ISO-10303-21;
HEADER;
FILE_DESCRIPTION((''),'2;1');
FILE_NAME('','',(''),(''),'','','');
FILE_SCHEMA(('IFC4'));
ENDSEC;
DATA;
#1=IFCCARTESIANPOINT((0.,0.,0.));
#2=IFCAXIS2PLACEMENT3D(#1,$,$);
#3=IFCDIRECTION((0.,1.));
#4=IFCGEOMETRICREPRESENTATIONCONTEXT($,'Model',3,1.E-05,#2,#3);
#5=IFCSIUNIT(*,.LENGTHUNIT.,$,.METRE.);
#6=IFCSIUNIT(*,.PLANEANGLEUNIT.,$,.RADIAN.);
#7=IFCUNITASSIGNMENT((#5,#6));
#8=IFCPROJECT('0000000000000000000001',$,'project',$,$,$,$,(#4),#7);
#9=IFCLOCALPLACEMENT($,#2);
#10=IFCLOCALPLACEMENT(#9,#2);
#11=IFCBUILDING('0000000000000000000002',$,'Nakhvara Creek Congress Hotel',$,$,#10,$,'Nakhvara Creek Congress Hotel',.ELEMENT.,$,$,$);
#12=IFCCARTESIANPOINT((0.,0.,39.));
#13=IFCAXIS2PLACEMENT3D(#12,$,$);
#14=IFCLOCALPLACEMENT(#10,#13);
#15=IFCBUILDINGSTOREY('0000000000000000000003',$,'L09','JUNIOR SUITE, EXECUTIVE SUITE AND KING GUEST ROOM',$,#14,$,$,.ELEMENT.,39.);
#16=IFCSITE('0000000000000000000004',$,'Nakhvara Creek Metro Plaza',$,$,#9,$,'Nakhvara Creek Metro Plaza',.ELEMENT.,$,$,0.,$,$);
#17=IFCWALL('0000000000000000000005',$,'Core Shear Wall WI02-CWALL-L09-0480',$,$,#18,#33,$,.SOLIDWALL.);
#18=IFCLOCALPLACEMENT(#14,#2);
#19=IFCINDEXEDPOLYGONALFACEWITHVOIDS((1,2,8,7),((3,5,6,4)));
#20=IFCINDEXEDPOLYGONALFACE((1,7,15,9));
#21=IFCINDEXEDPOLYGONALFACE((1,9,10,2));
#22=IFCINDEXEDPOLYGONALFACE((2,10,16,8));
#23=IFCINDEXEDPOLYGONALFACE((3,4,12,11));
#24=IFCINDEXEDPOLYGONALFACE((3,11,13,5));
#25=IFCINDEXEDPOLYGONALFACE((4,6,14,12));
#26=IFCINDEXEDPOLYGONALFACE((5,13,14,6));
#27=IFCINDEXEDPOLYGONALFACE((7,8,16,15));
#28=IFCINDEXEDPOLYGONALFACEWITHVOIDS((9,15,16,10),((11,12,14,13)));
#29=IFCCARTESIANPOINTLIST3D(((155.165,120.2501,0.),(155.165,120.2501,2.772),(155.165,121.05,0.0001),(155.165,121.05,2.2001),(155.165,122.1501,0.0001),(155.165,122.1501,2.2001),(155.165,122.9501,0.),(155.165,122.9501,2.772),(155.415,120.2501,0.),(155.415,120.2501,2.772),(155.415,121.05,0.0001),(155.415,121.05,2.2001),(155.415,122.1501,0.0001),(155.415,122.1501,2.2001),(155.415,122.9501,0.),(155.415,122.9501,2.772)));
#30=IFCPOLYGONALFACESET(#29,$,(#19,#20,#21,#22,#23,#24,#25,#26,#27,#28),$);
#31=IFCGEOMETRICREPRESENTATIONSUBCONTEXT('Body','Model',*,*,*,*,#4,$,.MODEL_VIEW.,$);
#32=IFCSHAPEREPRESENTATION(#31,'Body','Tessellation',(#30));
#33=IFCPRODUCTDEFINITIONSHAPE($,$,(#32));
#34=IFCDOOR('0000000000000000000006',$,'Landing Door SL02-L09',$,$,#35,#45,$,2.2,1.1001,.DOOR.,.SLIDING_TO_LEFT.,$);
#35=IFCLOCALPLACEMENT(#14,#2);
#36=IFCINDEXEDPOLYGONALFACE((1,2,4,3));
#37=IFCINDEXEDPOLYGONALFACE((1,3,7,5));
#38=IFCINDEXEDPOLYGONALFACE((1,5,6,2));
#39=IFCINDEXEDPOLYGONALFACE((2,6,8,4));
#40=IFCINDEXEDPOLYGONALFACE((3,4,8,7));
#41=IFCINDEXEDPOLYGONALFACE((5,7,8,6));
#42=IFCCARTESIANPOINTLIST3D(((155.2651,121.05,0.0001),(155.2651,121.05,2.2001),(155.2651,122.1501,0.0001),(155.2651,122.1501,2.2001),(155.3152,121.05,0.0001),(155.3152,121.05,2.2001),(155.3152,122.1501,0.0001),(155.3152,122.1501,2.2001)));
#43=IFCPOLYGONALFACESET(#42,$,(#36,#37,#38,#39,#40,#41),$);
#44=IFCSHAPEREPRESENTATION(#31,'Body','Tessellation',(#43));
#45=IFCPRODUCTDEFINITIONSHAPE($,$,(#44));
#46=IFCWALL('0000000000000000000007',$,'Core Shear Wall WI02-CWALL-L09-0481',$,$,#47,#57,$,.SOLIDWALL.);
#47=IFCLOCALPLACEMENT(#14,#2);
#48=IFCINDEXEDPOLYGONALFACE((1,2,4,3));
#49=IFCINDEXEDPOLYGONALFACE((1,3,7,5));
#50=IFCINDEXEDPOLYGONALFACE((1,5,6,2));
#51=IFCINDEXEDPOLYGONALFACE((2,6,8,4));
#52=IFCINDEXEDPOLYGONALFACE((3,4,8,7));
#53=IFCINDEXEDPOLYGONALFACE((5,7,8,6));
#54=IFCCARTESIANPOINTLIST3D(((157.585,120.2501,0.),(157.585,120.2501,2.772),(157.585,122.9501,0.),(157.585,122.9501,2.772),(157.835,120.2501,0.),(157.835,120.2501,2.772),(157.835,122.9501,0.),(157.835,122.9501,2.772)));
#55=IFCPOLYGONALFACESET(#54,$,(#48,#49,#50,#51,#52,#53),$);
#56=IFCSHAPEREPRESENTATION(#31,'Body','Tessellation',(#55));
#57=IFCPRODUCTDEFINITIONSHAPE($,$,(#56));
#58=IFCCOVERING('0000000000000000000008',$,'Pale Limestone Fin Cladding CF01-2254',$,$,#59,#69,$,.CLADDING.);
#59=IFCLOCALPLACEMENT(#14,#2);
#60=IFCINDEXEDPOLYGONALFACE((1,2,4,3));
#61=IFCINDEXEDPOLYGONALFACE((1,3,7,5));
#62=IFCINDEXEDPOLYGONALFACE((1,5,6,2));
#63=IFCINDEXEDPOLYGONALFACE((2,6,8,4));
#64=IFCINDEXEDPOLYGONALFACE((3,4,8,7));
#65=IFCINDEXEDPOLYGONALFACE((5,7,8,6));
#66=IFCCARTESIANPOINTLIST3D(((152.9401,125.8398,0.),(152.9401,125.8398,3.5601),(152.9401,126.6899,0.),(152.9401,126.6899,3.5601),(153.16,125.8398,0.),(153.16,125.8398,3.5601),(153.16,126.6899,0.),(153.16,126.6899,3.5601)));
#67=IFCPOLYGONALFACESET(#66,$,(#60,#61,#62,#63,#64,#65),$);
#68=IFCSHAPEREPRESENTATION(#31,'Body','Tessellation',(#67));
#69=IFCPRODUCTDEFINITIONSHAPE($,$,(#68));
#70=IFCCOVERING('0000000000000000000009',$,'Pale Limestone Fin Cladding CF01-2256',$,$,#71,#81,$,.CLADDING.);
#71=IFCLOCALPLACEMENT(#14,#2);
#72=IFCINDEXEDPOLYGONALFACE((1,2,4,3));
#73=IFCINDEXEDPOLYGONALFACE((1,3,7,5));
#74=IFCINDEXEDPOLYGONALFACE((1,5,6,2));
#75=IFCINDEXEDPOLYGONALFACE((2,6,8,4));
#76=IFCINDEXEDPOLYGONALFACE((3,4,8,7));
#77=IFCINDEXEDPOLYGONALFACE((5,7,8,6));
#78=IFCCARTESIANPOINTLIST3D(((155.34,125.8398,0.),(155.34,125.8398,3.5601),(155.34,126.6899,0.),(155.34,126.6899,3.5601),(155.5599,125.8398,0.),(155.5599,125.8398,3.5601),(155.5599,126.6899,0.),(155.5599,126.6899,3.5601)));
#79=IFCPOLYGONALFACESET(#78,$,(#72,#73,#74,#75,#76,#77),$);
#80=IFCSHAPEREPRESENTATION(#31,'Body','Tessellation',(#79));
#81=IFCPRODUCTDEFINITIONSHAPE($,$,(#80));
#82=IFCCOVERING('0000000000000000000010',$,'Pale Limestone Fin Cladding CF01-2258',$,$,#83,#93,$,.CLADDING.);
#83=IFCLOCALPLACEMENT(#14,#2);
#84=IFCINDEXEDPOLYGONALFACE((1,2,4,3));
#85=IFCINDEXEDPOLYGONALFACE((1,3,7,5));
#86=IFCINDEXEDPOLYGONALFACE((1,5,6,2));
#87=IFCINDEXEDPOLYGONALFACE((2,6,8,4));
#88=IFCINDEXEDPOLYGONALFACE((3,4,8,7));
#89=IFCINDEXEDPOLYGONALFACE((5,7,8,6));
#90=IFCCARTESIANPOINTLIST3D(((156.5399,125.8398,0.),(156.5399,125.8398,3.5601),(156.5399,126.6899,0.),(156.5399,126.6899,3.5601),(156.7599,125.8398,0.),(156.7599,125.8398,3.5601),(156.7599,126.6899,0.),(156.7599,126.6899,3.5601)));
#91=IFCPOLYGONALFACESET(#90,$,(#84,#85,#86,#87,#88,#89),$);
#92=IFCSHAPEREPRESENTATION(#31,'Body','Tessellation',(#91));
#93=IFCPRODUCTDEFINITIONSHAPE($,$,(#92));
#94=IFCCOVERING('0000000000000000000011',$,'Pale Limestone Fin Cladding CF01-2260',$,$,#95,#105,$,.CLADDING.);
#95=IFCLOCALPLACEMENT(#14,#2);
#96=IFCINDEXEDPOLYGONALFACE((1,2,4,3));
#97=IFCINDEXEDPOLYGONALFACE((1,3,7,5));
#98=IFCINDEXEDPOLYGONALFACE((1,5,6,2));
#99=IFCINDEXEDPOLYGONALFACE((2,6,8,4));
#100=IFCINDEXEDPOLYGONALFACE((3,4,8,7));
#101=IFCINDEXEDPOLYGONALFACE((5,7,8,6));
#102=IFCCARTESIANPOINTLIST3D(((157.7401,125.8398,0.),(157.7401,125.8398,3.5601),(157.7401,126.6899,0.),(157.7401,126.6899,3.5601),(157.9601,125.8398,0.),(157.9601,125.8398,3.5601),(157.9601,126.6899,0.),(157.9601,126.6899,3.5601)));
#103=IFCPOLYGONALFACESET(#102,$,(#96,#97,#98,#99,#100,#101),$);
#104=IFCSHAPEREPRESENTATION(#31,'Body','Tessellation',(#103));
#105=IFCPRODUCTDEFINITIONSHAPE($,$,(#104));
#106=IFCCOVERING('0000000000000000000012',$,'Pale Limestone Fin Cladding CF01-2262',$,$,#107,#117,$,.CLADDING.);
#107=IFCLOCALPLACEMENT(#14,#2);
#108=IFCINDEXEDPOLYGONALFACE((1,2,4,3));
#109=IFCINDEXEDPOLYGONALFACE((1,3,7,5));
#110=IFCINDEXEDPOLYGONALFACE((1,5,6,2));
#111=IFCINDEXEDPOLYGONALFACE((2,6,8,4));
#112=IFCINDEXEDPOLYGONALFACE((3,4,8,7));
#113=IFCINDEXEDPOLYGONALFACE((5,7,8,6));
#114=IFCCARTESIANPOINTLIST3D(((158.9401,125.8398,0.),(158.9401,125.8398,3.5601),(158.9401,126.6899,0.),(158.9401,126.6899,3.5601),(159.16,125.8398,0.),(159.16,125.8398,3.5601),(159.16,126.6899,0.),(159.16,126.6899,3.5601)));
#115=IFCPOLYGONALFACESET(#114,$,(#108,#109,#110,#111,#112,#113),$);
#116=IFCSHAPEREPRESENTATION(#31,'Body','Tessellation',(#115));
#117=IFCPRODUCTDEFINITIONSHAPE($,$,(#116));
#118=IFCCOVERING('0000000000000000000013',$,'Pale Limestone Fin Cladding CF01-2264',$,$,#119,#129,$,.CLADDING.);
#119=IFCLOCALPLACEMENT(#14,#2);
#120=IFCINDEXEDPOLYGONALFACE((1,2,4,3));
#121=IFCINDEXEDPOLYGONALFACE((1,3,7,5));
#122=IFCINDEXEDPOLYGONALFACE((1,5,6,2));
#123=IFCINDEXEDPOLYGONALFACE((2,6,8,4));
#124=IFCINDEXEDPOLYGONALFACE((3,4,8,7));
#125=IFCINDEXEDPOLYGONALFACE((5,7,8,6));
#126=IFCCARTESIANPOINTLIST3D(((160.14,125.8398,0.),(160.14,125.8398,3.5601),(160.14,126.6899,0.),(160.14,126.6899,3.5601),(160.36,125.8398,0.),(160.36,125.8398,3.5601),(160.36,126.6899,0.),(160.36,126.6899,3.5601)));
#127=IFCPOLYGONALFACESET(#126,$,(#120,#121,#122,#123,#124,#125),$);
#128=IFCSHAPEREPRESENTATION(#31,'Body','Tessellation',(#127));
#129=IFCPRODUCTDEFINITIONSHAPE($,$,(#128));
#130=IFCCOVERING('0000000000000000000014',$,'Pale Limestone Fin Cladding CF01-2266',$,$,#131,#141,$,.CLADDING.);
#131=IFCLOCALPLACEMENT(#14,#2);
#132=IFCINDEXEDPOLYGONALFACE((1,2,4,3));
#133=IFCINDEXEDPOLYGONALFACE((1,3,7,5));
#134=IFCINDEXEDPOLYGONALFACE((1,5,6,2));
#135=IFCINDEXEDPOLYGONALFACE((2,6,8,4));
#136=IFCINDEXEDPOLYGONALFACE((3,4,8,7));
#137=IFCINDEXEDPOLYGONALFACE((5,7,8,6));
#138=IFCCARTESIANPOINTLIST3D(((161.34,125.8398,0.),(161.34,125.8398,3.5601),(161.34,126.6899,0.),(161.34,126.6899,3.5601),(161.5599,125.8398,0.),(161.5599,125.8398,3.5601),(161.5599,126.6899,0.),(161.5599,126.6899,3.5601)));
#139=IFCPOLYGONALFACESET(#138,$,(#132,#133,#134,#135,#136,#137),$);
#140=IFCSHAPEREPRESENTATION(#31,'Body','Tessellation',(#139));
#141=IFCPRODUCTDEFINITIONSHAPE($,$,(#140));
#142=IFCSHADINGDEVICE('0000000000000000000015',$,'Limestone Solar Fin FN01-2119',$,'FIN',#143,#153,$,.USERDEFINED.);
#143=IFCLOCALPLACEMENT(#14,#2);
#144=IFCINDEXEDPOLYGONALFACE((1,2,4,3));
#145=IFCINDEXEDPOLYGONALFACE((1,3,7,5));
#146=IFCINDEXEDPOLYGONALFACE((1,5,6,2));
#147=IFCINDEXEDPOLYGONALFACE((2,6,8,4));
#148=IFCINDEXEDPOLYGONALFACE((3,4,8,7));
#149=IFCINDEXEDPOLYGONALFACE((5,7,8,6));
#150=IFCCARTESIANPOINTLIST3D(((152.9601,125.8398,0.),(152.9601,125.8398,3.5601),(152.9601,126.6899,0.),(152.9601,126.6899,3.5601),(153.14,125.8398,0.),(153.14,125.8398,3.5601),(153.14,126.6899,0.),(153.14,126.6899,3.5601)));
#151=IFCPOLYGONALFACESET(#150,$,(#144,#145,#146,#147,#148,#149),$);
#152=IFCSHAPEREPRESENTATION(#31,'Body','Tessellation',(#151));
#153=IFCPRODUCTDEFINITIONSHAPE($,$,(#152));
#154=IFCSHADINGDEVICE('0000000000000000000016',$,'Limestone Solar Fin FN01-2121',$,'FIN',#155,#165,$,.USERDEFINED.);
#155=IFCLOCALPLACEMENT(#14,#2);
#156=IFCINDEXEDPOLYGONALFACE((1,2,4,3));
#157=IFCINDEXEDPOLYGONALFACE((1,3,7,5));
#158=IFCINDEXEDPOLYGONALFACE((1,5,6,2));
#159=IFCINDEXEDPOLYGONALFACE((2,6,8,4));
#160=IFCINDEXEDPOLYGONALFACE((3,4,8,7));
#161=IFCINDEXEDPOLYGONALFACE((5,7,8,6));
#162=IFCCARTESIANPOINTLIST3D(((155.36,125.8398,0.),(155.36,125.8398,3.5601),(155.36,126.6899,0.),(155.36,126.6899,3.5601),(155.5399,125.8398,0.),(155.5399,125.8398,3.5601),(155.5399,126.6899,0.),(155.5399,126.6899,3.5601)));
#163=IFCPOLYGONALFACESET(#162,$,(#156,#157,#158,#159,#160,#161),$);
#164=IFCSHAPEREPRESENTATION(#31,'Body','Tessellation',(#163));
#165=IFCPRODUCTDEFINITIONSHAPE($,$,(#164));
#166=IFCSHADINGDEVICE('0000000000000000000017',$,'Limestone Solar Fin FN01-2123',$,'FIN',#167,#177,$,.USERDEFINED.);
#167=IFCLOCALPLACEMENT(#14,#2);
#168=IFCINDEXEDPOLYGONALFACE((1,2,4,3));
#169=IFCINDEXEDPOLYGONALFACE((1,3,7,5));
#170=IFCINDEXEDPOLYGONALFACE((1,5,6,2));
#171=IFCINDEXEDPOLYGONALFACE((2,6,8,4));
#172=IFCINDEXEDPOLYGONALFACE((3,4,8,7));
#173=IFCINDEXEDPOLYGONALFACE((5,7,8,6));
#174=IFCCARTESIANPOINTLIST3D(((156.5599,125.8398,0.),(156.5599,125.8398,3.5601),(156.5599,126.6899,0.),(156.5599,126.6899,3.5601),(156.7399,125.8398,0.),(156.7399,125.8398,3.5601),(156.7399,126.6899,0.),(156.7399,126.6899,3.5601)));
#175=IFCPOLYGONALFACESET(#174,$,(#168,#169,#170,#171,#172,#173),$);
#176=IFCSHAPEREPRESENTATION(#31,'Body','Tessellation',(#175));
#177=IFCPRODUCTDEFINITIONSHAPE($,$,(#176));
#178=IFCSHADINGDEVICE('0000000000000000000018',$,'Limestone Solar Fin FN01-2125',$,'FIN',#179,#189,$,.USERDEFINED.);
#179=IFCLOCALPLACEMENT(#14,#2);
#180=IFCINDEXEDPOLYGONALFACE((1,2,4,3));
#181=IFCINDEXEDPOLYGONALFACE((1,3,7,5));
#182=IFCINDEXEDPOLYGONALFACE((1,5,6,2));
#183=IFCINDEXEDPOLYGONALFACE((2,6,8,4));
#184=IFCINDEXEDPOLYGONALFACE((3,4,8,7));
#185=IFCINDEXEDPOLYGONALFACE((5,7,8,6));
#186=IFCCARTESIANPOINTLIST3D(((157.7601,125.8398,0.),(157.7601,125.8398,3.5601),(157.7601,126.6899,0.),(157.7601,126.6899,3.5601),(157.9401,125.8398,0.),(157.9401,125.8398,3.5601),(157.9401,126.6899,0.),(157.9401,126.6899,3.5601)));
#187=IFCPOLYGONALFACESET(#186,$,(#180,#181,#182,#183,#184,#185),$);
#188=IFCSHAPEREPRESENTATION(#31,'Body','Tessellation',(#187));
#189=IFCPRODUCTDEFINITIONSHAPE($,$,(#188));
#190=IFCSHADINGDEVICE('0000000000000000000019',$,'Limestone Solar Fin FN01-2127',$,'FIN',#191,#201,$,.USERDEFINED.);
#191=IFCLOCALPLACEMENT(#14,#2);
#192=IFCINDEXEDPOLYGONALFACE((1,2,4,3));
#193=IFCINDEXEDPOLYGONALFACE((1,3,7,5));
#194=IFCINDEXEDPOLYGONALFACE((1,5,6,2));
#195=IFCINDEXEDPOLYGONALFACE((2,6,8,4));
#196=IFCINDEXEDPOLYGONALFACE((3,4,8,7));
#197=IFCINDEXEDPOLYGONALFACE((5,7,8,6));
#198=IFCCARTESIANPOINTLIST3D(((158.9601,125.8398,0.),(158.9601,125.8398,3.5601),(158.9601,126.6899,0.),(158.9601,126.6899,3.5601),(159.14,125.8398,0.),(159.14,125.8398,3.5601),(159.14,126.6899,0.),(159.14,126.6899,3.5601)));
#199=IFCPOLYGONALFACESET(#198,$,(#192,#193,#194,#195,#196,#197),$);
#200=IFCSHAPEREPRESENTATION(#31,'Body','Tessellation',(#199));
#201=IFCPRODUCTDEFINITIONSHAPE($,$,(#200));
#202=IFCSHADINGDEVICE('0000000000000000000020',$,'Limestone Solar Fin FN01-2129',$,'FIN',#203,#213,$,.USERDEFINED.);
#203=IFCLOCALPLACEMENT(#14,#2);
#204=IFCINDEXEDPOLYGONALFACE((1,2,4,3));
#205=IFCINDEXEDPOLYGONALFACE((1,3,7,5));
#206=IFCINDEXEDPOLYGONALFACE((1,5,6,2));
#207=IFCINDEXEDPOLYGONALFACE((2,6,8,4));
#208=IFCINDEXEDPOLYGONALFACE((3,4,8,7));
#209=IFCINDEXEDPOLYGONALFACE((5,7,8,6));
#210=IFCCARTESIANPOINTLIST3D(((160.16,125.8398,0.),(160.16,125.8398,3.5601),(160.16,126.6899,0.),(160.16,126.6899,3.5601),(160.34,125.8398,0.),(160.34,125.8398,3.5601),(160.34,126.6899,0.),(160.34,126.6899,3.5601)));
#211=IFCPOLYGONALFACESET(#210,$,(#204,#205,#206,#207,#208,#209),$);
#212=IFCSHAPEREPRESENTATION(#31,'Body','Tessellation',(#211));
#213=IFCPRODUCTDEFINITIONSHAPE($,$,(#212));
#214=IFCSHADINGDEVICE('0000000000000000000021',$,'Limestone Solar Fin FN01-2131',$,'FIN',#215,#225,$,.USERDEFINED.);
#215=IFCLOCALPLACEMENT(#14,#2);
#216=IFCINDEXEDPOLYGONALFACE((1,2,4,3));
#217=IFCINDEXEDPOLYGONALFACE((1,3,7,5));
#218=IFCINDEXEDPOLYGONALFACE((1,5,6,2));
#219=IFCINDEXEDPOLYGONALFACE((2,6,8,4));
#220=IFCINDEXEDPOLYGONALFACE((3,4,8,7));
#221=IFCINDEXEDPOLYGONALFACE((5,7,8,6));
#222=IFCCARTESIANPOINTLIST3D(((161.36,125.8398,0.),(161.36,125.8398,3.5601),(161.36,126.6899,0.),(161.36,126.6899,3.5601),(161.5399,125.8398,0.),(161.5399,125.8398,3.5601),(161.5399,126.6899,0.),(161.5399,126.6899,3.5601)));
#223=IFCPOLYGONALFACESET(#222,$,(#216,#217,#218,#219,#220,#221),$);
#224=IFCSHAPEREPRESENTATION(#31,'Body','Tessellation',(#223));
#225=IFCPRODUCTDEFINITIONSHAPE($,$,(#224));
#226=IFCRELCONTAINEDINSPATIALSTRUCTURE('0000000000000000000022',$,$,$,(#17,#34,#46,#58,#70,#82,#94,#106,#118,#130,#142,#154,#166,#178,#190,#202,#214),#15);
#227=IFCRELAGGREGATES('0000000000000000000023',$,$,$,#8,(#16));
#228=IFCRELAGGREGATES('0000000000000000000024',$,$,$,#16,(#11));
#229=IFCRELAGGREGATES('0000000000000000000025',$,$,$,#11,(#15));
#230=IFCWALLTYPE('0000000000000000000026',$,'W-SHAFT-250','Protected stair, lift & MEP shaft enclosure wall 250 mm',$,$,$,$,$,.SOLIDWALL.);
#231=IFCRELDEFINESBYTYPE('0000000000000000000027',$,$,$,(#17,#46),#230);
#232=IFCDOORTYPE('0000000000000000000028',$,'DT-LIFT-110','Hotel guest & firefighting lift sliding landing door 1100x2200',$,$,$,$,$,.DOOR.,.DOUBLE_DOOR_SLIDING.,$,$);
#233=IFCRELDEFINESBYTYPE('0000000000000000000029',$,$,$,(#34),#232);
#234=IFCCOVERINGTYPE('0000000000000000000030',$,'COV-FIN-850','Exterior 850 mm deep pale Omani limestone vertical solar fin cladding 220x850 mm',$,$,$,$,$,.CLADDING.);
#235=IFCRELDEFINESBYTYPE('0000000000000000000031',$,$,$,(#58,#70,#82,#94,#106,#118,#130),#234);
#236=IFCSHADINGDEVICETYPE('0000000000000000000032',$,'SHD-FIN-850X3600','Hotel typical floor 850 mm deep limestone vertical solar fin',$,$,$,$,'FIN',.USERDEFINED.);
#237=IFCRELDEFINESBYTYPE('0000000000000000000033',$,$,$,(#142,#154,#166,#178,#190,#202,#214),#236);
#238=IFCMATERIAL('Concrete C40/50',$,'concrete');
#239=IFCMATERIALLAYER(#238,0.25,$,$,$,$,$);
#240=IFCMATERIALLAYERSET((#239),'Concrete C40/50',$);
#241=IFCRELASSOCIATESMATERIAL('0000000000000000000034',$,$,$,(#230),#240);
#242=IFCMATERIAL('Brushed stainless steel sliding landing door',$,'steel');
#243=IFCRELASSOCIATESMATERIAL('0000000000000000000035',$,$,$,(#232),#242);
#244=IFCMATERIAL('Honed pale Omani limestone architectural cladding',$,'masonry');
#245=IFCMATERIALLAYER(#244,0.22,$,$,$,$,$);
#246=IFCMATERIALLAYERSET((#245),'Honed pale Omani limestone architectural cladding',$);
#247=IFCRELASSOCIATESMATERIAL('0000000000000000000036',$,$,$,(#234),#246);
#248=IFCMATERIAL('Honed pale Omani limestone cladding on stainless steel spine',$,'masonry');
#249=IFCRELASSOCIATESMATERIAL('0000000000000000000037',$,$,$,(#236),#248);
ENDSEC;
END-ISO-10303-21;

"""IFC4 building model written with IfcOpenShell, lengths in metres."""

from ifc_helpers import new_model, si_unit, direction, frame, frame_2d, origin, origin_2d, place, context, subcontext, project, spatial, rectangle, extrude, material, layer, layer_set, type_object, element, fill, save


model = new_model("IFC4")

# Units and contexts
model_context = context("Model", 3, precision=1e-05, world=origin(), true_north=direction((0.0, 1.0)))
body_context = subcontext(model_context, "Body", "Model", "MODEL_VIEW")
ifc_project = project(units=[si_unit("LENGTHUNIT", "METRE"), si_unit("PLANEANGLEUNIT", "RADIAN")], contexts=[model_context])

# Site, building, storey
site_placement = place(None, origin())
site = spatial("IfcSite", under=ifc_project, at=site_placement, Name="Nakhvara Creek Metro Plaza", LongName="Nakhvara Creek Metro Plaza", CompositionType="ELEMENT", RefElevation=0.0)
building_placement = place(site_placement, origin())
building = spatial("IfcBuilding", under=site, at=building_placement, Name="Nakhvara Creek Congress Hotel", LongName="Nakhvara Creek Congress Hotel", CompositionType="ELEMENT")
storey_placement = place(building_placement, frame((0.0, 0.0, 39.0)))
storey = spatial("IfcBuildingStorey", under=building, at=storey_placement, Name="L09", Description="JUNIOR SUITE, EXECUTIVE SUITE AND KING GUEST ROOM", CompositionType="ELEMENT", Elevation=39.0)

# Shared definitions
ifc_material_1 = material(Name="Concrete C40/50", Category="concrete")

# Shared definitions
ifc_layer_1 = layer(ifc_material_1, 0.25)
ifc_layer_set_1 = layer_set([ifc_layer_1], Name="Concrete C40/50")
wall_type_1 = type_object("IfcWallType", Name="W-SHAFT-250", Description="Protected stair, lift & MEP shaft enclosure wall 250 mm", PredefinedType="SOLIDWALL", material=ifc_layer_set_1)

# Shared definitions
ifc_material_2 = material(Name="Brushed stainless steel sliding landing door", Category="steel")
door_type = type_object("IfcDoorType", Name="DT-LIFT-110", Description="Hotel guest & firefighting lift sliding landing door 1100x2200", OperationType="DOUBLE_DOOR_SLIDING", PredefinedType="DOOR", material=ifc_material_2)

# Wall, opening, door
wall_1_placement = place(storey_placement, frame((155.29, 120.25, 0.0), z_axis=(0.0, 0.0, 1.0), x_axis=(0.0, 1.0, 0.0)))
wall_1 = element("IfcWall", 1, at=wall_1_placement, inside=storey, type_object=wall_type_1, Name="Core Shear Wall WI02-CWALL-L09-0480", PredefinedType="SOLIDWALL", context=body_context, shape_type="SweptSolid", body=[
    extrude(rectangle(XDim=2.7, YDim=0.25, at=frame_2d((1.3501, 0.0))), origin(), (0.0, 0.0, 1.0), 2.772),
])
opening_1_placement = place(wall_1_placement, frame((0.8, 0.0, 0.0)))
opening_1 = element("IfcOpeningElement", 2, at=opening_1_placement, cuts=wall_1, PredefinedType="OPENING", context=body_context, shape_type="SweptSolid", body=[
    extrude(rectangle(XDim=1.1001, YDim=2.2, at=frame_2d((0.55, 1.1001))), frame((0.0, 0.137, 0.0), z_axis=(0.0, -1.0, 0.0), x_axis=(1.0, 0.0, 0.0)), (0.0, 0.0, 1.0), 0.2739),
])
door_1_placement = place(opening_1_placement, origin())
door_1 = element("IfcDoor", 3, at=door_1_placement, inside=storey, type_object=door_type, Name="Landing Door SL02-L09", OperationType="SLIDING_TO_LEFT", OverallHeight=2.2, OverallWidth=1.1001, PredefinedType="DOOR", context=body_context, shape_type="SweptSolid", body=[
    extrude(rectangle(XDim=1.1001, YDim=2.2, at=frame_2d((0.55, 1.1001))), frame((0.0, 0.0249, 0.0), z_axis=(0.0, -1.0, 0.0), x_axis=(1.0, 0.0, 0.0)), (0.0, 0.0, 1.0), 0.05),
])
fill(opening_1, door_1)

# Wall
wall_2_placement = place(storey_placement, frame((157.71, 120.25, 0.0), z_axis=(0.0, 0.0, 1.0), x_axis=(0.0, 1.0, 0.0)))
element("IfcWall", 4, at=wall_2_placement, inside=storey, type_object=wall_type_1, Name="Core Shear Wall WI02-CWALL-L09-0481", PredefinedType="SOLIDWALL", context=body_context, shape_type="SweptSolid", body=[
    extrude(rectangle(XDim=2.7, YDim=0.25, at=frame_2d((1.3501, 0.0))), origin(), (0.0, 0.0, 1.0), 2.772),
])

# Coverings
ifc_material_3 = material(Name="Honed pale Omani limestone architectural cladding", Category="masonry")
ifc_layer_2 = layer(ifc_material_3, 0.22)
ifc_layer_set_2 = layer_set([ifc_layer_2], Name="Honed pale Omani limestone architectural cladding")
covering_type = type_object("IfcCoveringType", Name="COV-FIN-850", Description="Exterior 850 mm deep pale Omani limestone vertical solar fin cladding 220x850 mm", PredefinedType="CLADDING", material=ifc_layer_set_2)
for number, where, z_axis, x_axis, name in (
    (5, (153.05, 126.2649, 0.0), (0.0, 0.0, 1.0), (1.0, 0.0, 0.0), "Pale Limestone Fin Cladding CF01-2254"),
    (6, (155.45, 126.2649, 0.0), (0.0, 0.0, 1.0), (1.0, 0.0, 0.0), "Pale Limestone Fin Cladding CF01-2256"),
    (7, (156.6499, 126.2649, 0.0), (0.0, 0.0, 1.0), (1.0, 0.0, 0.0), "Pale Limestone Fin Cladding CF01-2258"),
    (8, (157.8501, 126.2649, 0.0), (0.0, 0.0, 1.0), (1.0, 0.0, 0.0), "Pale Limestone Fin Cladding CF01-2260"),
    (9, (159.05, 126.2649, 0.0), (0.0, 0.0, 1.0), (1.0, 0.0, 0.0), "Pale Limestone Fin Cladding CF01-2262"),
    (10, (160.25, 126.2649, 0.0), (0.0, 0.0, 1.0), (1.0, 0.0, 0.0), "Pale Limestone Fin Cladding CF01-2264"),
    (11, (161.45, 126.2649, 0.0), (0.0, 0.0, 1.0), (1.0, 0.0, 0.0), "Pale Limestone Fin Cladding CF01-2266"),
):
    element("IfcCovering", number, at=place(storey_placement, frame(where, z_axis=z_axis, x_axis=x_axis)), inside=storey, type_object=covering_type, Name=name, PredefinedType="CLADDING", context=body_context, shape_type="SweptSolid", body=[
        extrude(rectangle(XDim=0.22, YDim=0.8501, at=origin_2d()), origin(), (0.0, 0.0, 1.0), 3.5601),
    ])

# Shading devices
ifc_material_4 = material(Name="Honed pale Omani limestone cladding on stainless steel spine", Category="masonry")
shading_device_type = type_object("IfcShadingDeviceType", Name="SHD-FIN-850X3600", Description="Hotel typical floor 850 mm deep limestone vertical solar fin", ElementType="FIN", PredefinedType="USERDEFINED", material=ifc_material_4)
for number, where, z_axis, x_axis, name in (
    (12, (153.05, 126.2649, 0.0), (0.0, 0.0, 1.0), (1.0, 0.0, 0.0), "Limestone Solar Fin FN01-2119"),
    (13, (155.45, 126.2649, 0.0), (0.0, 0.0, 1.0), (1.0, 0.0, 0.0), "Limestone Solar Fin FN01-2121"),
    (14, (156.6499, 126.2649, 0.0), (0.0, 0.0, 1.0), (1.0, 0.0, 0.0), "Limestone Solar Fin FN01-2123"),
    (15, (157.8501, 126.2649, 0.0), (0.0, 0.0, 1.0), (1.0, 0.0, 0.0), "Limestone Solar Fin FN01-2125"),
    (16, (159.05, 126.2649, 0.0), (0.0, 0.0, 1.0), (1.0, 0.0, 0.0), "Limestone Solar Fin FN01-2127"),
    (17, (160.25, 126.2649, 0.0), (0.0, 0.0, 1.0), (1.0, 0.0, 0.0), "Limestone Solar Fin FN01-2129"),
    (18, (161.45, 126.2649, 0.0), (0.0, 0.0, 1.0), (1.0, 0.0, 0.0), "Limestone Solar Fin FN01-2131"),
):
    element("IfcShadingDevice", number, at=place(storey_placement, frame(where, z_axis=z_axis, x_axis=x_axis)), inside=storey, type_object=shading_device_type, Name=name, ObjectType="FIN", PredefinedType="USERDEFINED", context=body_context, shape_type="SweptSolid", body=[
        extrude(rectangle(XDim=0.1799, YDim=0.8501, at=origin_2d()), origin(), (0.0, 0.0, 1.0), 3.5601),
    ])

save(model, "model.ifc")
